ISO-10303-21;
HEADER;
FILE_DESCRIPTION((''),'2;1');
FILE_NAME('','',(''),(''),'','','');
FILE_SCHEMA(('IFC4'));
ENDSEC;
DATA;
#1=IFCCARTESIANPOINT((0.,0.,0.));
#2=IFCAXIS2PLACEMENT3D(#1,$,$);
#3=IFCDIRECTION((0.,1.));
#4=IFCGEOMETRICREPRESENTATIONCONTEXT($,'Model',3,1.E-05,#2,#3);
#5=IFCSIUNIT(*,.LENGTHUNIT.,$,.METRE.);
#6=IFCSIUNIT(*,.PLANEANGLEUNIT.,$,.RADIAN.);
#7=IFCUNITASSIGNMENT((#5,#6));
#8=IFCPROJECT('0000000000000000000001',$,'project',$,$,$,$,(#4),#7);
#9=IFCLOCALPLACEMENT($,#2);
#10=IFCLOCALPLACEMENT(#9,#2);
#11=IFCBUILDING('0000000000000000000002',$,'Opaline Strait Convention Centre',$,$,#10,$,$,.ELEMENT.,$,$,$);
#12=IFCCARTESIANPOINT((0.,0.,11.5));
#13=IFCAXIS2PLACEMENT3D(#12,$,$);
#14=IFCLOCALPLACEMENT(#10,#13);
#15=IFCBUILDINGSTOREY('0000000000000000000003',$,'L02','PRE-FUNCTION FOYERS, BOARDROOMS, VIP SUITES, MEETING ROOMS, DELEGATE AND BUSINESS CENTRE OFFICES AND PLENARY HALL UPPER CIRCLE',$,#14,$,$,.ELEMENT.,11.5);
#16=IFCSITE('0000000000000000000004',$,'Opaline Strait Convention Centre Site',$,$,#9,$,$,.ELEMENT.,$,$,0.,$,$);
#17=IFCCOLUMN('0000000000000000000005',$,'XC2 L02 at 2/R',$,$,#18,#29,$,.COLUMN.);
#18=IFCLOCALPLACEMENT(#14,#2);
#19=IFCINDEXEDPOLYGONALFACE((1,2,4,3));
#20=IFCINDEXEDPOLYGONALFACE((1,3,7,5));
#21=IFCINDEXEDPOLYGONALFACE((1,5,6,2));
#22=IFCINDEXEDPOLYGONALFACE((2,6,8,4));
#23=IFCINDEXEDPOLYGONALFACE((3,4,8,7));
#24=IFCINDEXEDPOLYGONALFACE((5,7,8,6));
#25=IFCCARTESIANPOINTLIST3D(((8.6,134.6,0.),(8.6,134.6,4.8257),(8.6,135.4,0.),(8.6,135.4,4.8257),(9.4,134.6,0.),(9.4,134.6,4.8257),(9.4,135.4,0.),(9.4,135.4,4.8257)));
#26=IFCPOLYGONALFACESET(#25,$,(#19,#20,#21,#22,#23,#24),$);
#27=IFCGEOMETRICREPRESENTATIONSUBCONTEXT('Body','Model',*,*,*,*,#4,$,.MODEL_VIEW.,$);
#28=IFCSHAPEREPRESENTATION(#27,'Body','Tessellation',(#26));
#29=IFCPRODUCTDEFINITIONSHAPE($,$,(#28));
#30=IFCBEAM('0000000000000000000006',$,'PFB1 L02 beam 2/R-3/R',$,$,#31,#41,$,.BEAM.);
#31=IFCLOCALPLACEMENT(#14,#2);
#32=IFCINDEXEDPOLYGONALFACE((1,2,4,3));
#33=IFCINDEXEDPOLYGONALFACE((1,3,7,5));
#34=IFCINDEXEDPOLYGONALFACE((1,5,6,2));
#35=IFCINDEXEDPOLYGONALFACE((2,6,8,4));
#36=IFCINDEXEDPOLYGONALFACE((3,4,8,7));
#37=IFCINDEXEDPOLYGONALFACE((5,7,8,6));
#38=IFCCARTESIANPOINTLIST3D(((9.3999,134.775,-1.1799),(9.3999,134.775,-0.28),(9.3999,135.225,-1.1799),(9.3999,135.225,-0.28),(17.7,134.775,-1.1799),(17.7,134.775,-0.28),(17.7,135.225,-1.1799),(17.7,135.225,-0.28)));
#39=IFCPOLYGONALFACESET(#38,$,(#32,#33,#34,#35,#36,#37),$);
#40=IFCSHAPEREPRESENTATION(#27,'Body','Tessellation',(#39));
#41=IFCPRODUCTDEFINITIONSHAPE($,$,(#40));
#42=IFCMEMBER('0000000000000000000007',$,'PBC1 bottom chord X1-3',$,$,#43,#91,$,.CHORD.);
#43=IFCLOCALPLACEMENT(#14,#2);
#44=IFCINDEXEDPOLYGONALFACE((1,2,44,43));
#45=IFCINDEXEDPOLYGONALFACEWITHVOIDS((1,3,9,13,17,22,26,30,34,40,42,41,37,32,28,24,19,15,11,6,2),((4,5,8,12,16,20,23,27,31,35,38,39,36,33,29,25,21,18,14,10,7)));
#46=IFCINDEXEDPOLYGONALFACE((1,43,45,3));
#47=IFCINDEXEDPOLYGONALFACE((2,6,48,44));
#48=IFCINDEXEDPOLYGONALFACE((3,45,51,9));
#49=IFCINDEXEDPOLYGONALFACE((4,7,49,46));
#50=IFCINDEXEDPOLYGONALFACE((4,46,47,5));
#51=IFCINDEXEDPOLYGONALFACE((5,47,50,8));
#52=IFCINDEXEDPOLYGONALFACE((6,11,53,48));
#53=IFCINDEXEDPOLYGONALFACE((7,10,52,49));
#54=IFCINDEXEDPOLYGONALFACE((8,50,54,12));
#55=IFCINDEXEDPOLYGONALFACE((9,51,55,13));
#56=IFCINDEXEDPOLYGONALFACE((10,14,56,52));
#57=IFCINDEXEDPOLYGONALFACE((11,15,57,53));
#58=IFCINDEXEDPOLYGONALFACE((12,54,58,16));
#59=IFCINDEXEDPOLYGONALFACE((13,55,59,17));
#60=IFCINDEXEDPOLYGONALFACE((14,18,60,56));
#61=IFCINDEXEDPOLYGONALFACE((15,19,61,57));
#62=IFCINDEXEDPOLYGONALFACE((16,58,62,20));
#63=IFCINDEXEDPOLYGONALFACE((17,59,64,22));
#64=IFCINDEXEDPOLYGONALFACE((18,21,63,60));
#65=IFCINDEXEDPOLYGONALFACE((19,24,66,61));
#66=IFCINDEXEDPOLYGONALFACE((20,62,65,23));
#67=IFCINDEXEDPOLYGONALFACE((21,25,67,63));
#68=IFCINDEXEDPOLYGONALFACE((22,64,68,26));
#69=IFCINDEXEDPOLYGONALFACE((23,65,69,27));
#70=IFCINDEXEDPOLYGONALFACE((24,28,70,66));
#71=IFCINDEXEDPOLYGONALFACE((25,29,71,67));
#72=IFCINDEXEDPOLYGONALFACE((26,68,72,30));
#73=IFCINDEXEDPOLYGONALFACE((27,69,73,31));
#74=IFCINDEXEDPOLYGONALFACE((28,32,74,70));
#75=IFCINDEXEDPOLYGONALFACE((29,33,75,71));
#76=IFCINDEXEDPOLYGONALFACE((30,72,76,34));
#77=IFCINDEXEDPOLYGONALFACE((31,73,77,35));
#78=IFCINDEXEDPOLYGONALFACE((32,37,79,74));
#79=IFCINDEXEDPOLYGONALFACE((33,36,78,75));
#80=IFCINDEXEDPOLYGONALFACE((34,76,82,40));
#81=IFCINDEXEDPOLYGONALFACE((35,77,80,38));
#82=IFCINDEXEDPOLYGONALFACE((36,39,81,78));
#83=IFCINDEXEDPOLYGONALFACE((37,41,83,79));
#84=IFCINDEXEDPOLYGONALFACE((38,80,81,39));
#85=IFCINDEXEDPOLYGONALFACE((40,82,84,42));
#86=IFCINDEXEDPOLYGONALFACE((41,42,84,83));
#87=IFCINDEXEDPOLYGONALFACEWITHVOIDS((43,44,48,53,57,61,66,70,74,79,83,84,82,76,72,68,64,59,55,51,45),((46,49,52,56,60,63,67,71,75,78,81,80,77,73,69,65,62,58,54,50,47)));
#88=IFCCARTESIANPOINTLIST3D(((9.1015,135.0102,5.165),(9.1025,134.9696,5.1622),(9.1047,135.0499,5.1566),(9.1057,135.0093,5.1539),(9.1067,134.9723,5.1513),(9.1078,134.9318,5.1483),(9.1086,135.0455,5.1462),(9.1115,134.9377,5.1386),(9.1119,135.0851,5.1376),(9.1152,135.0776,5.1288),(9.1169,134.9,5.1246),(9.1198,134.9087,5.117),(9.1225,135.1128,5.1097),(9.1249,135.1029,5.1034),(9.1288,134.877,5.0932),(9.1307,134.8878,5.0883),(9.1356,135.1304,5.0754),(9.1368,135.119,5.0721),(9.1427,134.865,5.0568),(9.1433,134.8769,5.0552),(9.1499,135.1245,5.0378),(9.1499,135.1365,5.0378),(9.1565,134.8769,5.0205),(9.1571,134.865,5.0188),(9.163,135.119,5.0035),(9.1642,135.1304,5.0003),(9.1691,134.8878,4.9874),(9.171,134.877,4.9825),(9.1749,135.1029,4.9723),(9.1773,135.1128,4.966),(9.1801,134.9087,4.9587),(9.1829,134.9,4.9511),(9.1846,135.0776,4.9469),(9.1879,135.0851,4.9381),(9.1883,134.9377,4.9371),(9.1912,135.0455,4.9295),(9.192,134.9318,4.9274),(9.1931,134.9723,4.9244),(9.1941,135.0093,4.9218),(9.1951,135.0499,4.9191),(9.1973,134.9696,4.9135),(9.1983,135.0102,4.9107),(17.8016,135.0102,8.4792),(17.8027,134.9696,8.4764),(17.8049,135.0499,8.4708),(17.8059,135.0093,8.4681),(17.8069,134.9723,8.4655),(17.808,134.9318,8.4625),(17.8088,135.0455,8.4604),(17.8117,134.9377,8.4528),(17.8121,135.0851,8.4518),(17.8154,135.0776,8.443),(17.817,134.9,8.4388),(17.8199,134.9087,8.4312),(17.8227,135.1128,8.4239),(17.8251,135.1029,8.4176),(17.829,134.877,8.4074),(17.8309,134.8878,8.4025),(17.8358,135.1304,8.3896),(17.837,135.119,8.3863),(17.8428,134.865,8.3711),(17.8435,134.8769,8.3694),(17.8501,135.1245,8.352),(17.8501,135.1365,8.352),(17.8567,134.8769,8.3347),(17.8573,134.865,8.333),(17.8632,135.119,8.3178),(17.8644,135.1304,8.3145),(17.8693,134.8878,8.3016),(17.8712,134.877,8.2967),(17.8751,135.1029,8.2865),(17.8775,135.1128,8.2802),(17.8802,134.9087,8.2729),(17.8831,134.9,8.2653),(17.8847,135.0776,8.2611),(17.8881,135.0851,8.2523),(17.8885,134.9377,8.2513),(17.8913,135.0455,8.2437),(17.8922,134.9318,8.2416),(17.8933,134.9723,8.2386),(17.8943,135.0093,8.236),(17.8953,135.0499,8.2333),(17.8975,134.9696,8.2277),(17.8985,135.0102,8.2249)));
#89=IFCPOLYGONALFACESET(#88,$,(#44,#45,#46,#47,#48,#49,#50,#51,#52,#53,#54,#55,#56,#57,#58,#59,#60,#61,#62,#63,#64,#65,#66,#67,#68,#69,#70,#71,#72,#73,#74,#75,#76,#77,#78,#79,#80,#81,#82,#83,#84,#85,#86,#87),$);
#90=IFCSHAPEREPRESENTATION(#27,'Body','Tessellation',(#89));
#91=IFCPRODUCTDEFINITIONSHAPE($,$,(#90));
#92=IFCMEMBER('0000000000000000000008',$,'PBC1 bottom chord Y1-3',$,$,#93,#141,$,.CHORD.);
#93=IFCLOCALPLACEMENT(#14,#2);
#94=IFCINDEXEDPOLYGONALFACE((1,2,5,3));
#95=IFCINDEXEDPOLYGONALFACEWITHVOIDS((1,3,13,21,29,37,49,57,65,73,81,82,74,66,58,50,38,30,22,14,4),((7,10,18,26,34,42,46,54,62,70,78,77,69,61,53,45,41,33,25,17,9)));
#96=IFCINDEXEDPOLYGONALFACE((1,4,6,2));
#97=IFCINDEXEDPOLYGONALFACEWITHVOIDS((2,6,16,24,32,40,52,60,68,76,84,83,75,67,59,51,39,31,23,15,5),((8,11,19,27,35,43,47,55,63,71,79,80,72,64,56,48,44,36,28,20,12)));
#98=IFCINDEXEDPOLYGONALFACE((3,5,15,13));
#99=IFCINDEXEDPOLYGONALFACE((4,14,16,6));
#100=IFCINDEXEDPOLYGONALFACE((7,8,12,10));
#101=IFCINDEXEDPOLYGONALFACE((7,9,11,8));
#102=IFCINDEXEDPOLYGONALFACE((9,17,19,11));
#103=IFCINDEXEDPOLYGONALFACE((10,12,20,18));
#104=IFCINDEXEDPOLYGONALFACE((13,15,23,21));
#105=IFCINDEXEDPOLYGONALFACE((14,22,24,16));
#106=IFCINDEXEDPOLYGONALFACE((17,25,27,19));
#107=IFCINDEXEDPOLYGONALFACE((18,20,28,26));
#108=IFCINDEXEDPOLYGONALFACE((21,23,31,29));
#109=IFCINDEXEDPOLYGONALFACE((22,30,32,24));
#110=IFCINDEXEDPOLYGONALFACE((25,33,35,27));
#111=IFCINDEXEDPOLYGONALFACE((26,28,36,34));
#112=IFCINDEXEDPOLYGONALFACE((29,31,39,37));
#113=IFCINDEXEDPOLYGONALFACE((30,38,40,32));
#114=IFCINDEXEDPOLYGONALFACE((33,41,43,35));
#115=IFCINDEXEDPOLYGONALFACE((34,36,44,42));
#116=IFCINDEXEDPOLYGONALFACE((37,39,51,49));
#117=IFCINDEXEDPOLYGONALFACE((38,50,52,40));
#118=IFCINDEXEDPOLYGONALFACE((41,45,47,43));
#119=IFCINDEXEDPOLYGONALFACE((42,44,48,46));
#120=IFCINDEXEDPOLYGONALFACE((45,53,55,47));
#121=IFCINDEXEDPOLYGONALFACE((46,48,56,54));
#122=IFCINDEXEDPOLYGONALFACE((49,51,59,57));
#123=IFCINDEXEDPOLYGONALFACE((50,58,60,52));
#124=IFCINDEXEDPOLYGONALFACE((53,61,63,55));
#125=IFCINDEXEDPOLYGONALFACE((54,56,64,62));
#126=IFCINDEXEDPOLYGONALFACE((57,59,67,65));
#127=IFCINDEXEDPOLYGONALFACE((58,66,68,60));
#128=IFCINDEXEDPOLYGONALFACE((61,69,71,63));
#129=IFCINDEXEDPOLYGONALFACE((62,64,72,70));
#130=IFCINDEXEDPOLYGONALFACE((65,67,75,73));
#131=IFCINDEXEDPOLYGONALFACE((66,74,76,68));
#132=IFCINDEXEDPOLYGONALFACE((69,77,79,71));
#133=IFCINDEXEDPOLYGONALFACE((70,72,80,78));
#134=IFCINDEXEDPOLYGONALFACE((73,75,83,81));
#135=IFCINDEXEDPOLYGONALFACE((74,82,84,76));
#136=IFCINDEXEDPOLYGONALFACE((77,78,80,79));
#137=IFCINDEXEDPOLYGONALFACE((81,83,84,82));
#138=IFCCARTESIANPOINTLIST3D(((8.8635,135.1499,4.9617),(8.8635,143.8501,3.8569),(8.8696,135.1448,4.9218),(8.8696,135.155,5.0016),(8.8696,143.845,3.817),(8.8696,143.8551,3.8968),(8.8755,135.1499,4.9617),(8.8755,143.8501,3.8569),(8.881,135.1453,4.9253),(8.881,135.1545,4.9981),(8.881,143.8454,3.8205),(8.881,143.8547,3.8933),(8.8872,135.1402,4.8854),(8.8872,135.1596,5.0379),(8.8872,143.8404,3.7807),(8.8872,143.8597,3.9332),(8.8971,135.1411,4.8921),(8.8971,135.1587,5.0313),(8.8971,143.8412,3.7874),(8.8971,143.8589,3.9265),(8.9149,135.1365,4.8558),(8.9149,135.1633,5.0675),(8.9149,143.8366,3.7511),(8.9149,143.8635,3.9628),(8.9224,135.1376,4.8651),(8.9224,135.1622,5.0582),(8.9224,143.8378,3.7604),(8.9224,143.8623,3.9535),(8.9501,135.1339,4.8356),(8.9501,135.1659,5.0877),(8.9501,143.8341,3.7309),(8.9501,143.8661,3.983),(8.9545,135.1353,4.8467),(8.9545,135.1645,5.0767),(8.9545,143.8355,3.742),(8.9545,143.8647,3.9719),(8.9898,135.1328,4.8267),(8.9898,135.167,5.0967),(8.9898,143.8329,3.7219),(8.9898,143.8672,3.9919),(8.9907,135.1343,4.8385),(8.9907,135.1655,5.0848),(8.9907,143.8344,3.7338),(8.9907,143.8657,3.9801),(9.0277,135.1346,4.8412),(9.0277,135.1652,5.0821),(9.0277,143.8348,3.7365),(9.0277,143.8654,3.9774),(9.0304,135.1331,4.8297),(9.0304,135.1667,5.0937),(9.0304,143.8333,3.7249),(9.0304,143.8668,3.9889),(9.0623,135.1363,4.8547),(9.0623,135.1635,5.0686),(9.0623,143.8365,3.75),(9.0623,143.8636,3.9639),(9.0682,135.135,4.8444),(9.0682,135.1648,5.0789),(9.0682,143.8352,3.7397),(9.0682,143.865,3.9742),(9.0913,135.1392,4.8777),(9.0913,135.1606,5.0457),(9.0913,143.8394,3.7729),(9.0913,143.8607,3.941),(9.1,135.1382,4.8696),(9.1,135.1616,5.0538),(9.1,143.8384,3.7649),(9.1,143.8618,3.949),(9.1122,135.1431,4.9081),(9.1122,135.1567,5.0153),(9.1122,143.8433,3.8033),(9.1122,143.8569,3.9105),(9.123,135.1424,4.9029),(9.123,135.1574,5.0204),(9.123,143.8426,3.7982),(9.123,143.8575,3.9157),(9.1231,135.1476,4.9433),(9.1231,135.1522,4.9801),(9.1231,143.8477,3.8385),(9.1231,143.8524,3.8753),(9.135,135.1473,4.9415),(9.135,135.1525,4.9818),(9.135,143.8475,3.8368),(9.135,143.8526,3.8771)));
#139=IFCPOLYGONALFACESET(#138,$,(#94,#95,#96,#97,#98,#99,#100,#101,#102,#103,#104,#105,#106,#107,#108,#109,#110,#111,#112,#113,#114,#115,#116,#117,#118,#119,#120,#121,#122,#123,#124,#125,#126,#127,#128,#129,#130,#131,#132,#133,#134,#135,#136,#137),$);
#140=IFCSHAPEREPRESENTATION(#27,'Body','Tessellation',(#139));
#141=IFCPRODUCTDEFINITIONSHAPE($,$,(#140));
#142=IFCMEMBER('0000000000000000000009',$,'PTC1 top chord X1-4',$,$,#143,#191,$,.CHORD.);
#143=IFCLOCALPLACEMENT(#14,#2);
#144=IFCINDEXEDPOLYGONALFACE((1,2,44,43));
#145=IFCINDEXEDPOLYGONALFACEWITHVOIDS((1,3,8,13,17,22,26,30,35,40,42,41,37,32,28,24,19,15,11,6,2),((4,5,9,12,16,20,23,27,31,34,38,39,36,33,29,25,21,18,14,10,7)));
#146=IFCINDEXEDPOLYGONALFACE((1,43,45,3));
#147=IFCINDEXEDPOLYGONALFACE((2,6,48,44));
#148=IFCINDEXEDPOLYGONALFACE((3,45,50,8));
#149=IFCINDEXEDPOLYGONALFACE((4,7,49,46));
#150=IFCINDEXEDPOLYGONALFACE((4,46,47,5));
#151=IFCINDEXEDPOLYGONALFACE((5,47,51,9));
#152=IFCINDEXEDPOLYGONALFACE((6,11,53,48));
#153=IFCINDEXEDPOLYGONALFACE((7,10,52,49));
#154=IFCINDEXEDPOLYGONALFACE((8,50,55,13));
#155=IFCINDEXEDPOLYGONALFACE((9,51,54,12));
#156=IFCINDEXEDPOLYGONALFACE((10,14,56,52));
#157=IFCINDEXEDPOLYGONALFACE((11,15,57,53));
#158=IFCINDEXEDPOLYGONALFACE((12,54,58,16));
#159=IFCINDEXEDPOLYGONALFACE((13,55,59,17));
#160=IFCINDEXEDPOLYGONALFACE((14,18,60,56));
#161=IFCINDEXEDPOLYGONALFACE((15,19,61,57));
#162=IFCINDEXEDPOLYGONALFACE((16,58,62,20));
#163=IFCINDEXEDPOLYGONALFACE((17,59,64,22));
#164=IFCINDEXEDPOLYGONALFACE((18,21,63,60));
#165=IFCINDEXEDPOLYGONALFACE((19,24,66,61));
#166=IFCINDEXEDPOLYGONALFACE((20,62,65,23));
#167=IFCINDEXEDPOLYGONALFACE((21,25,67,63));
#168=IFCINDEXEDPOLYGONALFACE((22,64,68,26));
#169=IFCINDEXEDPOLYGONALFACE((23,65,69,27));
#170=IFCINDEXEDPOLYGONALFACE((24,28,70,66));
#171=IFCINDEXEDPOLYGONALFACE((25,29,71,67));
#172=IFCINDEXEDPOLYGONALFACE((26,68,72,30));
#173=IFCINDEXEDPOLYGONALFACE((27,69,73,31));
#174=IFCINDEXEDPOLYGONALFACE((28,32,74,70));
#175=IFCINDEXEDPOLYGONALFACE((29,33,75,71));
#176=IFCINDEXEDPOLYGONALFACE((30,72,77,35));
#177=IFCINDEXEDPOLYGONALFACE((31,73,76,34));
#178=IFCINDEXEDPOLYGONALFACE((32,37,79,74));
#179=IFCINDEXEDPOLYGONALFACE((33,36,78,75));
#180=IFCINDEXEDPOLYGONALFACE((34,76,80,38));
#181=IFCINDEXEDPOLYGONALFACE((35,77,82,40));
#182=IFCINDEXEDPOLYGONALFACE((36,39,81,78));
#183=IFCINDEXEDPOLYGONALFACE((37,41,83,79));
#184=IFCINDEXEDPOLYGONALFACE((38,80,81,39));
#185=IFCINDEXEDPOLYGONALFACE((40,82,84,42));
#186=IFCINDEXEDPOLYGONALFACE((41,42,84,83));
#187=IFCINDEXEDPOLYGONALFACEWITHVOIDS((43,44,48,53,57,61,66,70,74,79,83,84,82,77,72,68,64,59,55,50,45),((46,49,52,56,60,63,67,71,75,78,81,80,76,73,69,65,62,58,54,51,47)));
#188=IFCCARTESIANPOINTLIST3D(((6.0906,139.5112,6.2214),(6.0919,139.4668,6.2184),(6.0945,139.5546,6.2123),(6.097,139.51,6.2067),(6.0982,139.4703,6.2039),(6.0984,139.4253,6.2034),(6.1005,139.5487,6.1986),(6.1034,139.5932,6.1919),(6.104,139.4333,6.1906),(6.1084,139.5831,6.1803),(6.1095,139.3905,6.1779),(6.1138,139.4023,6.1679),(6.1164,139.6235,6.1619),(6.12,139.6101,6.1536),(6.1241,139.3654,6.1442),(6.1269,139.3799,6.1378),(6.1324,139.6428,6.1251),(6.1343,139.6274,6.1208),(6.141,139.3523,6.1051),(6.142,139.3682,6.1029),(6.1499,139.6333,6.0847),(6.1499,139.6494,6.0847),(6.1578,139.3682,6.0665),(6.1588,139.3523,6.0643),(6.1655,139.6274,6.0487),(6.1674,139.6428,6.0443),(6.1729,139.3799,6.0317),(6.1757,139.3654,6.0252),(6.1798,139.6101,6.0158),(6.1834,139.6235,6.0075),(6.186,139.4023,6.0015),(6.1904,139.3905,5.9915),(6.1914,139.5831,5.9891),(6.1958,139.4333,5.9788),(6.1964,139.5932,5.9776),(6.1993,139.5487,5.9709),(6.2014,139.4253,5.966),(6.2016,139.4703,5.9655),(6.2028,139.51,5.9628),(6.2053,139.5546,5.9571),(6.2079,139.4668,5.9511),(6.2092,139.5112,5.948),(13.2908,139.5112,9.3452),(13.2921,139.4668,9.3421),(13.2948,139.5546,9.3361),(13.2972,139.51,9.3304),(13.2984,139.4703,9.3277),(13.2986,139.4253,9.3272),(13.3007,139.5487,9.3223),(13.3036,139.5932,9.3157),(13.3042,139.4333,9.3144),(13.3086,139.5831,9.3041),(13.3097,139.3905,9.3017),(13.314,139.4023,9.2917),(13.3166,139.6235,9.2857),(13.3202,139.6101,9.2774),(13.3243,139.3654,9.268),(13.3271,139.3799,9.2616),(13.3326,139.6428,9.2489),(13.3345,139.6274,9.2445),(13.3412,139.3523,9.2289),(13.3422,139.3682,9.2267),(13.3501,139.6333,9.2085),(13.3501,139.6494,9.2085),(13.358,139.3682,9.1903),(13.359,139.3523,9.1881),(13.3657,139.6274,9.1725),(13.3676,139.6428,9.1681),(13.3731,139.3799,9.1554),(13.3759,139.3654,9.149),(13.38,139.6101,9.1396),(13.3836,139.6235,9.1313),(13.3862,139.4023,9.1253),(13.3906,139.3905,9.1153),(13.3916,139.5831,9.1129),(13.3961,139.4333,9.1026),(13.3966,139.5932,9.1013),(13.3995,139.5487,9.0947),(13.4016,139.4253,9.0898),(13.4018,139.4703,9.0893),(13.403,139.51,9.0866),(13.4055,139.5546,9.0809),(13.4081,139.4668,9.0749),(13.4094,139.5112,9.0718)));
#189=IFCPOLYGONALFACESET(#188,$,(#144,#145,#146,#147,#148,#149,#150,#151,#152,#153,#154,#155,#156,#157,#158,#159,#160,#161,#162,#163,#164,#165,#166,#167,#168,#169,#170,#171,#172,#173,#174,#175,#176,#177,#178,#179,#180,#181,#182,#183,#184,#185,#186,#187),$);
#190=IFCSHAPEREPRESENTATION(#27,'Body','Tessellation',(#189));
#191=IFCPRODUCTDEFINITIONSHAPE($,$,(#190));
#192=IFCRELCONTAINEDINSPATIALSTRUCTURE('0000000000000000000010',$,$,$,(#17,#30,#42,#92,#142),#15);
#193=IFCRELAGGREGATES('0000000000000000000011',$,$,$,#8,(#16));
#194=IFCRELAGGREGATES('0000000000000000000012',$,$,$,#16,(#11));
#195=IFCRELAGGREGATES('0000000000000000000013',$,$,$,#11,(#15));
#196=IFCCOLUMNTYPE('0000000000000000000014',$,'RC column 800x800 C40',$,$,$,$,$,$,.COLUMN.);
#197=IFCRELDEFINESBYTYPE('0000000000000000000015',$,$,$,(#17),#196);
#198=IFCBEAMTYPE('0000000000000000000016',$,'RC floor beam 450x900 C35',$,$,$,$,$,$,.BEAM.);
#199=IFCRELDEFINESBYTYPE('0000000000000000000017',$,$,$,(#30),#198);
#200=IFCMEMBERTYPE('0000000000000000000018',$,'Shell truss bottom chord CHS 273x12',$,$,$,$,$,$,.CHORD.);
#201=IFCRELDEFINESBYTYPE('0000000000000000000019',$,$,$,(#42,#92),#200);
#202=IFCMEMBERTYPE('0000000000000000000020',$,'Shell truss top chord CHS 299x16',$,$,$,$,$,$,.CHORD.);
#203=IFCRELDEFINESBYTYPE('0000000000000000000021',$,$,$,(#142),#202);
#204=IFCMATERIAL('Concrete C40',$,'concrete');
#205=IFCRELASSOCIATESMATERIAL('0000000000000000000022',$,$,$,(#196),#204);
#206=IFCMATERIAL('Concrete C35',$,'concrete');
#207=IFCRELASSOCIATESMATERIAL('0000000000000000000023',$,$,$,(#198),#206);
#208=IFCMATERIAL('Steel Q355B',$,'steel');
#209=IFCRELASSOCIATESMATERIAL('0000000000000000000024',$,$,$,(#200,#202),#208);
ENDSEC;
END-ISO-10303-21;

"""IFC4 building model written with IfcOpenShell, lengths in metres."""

from ifc_helpers import new_model, si_unit, direction, frame, origin, origin_2d, place, context, subcontext, project, spatial, rectangle, hollow_circle, extrude, material, material_profile, profile_set, type_object, element, save


model = new_model("IFC4")

# Units and contexts
model_context = context("Model", 3, precision=1e-05, world=origin(), true_north=direction((0.0, 1.0)))
body_context = subcontext(model_context, "Body", "Model", "MODEL_VIEW")
ifc_project = project(units=[si_unit("LENGTHUNIT", "METRE"), si_unit("PLANEANGLEUNIT", "RADIAN")], contexts=[model_context])

# Site, building, storey
site_placement = place(None, origin())
site = spatial("IfcSite", under=ifc_project, at=site_placement, Name="Opaline Strait Convention Centre Site", CompositionType="ELEMENT", RefElevation=0.0)
building_placement = place(site_placement, origin())
building = spatial("IfcBuilding", under=site, at=building_placement, Name="Opaline Strait Convention Centre", CompositionType="ELEMENT")
storey_placement = place(building_placement, frame((0.0, 0.0, 11.5)))
storey = spatial("IfcBuildingStorey", under=building, at=storey_placement, Name="L02", Description="PRE-FUNCTION FOYERS, BOARDROOMS, VIP SUITES, MEETING ROOMS, DELEGATE AND BUSINESS CENTRE OFFICES AND PLENARY HALL UPPER CIRCLE", CompositionType="ELEMENT", Elevation=11.5)

# Column
ifc_material_1 = material(Name="Concrete C40", Category="concrete")
ifc_material_profile_1 = material_profile(ifc_material_1, rectangle(XDim=0.8, YDim=0.8, at=origin_2d()), Name="RC 800x800")
ifc_profile_set_1 = profile_set([ifc_material_profile_1], Name="Concrete C40")
column_type = type_object("IfcColumnType", Name="RC column 800x800 C40", PredefinedType="COLUMN", material=ifc_profile_set_1)
column_placement = place(storey_placement, frame((9.0, 135.0, 0.0), z_axis=(0.0, 0.0, 1.0), x_axis=(1.0, 0.0, 0.0)))
element("IfcColumn", 1, at=column_placement, inside=storey, type_object=column_type, Name="XC2 L02 at 2/R", PredefinedType="COLUMN", context=body_context, shape_type="SweptSolid", body=[
    extrude(rectangle(XDim=0.8, YDim=0.8, at=origin_2d()), origin(), (0.0, 0.0, 1.0), 4.8257),
])

# Beam
ifc_material_2 = material(Name="Concrete C35", Category="concrete")
ifc_material_profile_2 = material_profile(ifc_material_2, rectangle(XDim=0.45, YDim=0.8999, at=origin_2d()), Name="RC 450x900")
ifc_profile_set_2 = profile_set([ifc_material_profile_2], Name="Concrete C35")
beam_type = type_object("IfcBeamType", Name="RC floor beam 450x900 C35", PredefinedType="BEAM", material=ifc_profile_set_2)
beam_placement = place(storey_placement, frame((9.3999, 135.0, -0.73), z_axis=(1.0, 0.0, 0.0), x_axis=(0.0, 1.0, 0.0)))
element("IfcBeam", 2, at=beam_placement, inside=storey, type_object=beam_type, Name="PFB1 L02 beam 2/R-3/R", PredefinedType="BEAM", context=body_context, shape_type="SweptSolid", body=[
    extrude(rectangle(XDim=0.45, YDim=0.8999, at=origin_2d()), origin(), (0.0, 0.0, 1.0), 8.3),
])

# Members
ifc_material_3 = material(Name="Steel Q355B", Category="steel")
ifc_material_profile_3 = material_profile(ifc_material_3, hollow_circle(Radius=0.1365, WallThickness=0.012, at=origin_2d()), Name="CHS 273x12")
ifc_profile_set_3 = profile_set([ifc_material_profile_3], Name="Steel Q355B")
member_type_1 = type_object("IfcMemberType", Name="Shell truss bottom chord CHS 273x12", PredefinedType="CHORD", material=ifc_profile_set_3)
member_1_placement = place(storey_placement, frame((9.1499, 135.0, 5.0378), z_axis=(0.934493, 0.0, 0.355981), x_axis=(0.0, 1.0, 0.0)))
element("IfcMember", 3, at=member_1_placement, inside=storey, type_object=member_type_1, Name="PBC1 bottom chord X1-3", PredefinedType="CHORD", context=body_context, shape_type="SweptSolid", body=[
    extrude(hollow_circle(Radius=0.1365, WallThickness=0.012, at=origin_2d()), origin(), (0.0, 0.0, 1.0), 9.3101),
])
member_2_placement = place(storey_placement, frame((9.0, 135.1499, 4.9617), z_axis=(0.0, 0.992034, -0.125967), x_axis=(-1.0, 0.0, 0.0)))
element("IfcMember", 4, at=member_2_placement, inside=storey, type_object=member_type_1, Name="PBC1 bottom chord Y1-3", PredefinedType="CHORD", context=body_context, shape_type="SweptSolid", body=[
    extrude(hollow_circle(Radius=0.1365, WallThickness=0.012, at=origin_2d()), origin(), (0.0, 0.0, 1.0), 8.77),
])
ifc_material_profile_4 = material_profile(ifc_material_3, hollow_circle(Radius=0.1494, WallThickness=0.0161, at=origin_2d()), Name="CHS 299x16")
ifc_profile_set_4 = profile_set([ifc_material_profile_4], Name="Steel Q355B")
member_type_2 = type_object("IfcMemberType", Name="Shell truss top chord CHS 299x16", PredefinedType="CHORD", material=ifc_profile_set_4)
member_3_placement = place(storey_placement, frame((6.1499, 139.5, 6.0847), z_axis=(0.917384, 0.0, 0.398004), x_axis=(0.0, 1.0, 0.0)))
element("IfcMember", 5, at=member_3_placement, inside=storey, type_object=member_type_2, Name="PTC1 top chord X1-4", PredefinedType="CHORD", context=body_context, shape_type="SweptSolid", body=[
    extrude(hollow_circle(Radius=0.1494, WallThickness=0.0161, at=origin_2d()), origin(), (0.0, 0.0, 1.0), 7.8486),
])

save(model, "model.ifc")
